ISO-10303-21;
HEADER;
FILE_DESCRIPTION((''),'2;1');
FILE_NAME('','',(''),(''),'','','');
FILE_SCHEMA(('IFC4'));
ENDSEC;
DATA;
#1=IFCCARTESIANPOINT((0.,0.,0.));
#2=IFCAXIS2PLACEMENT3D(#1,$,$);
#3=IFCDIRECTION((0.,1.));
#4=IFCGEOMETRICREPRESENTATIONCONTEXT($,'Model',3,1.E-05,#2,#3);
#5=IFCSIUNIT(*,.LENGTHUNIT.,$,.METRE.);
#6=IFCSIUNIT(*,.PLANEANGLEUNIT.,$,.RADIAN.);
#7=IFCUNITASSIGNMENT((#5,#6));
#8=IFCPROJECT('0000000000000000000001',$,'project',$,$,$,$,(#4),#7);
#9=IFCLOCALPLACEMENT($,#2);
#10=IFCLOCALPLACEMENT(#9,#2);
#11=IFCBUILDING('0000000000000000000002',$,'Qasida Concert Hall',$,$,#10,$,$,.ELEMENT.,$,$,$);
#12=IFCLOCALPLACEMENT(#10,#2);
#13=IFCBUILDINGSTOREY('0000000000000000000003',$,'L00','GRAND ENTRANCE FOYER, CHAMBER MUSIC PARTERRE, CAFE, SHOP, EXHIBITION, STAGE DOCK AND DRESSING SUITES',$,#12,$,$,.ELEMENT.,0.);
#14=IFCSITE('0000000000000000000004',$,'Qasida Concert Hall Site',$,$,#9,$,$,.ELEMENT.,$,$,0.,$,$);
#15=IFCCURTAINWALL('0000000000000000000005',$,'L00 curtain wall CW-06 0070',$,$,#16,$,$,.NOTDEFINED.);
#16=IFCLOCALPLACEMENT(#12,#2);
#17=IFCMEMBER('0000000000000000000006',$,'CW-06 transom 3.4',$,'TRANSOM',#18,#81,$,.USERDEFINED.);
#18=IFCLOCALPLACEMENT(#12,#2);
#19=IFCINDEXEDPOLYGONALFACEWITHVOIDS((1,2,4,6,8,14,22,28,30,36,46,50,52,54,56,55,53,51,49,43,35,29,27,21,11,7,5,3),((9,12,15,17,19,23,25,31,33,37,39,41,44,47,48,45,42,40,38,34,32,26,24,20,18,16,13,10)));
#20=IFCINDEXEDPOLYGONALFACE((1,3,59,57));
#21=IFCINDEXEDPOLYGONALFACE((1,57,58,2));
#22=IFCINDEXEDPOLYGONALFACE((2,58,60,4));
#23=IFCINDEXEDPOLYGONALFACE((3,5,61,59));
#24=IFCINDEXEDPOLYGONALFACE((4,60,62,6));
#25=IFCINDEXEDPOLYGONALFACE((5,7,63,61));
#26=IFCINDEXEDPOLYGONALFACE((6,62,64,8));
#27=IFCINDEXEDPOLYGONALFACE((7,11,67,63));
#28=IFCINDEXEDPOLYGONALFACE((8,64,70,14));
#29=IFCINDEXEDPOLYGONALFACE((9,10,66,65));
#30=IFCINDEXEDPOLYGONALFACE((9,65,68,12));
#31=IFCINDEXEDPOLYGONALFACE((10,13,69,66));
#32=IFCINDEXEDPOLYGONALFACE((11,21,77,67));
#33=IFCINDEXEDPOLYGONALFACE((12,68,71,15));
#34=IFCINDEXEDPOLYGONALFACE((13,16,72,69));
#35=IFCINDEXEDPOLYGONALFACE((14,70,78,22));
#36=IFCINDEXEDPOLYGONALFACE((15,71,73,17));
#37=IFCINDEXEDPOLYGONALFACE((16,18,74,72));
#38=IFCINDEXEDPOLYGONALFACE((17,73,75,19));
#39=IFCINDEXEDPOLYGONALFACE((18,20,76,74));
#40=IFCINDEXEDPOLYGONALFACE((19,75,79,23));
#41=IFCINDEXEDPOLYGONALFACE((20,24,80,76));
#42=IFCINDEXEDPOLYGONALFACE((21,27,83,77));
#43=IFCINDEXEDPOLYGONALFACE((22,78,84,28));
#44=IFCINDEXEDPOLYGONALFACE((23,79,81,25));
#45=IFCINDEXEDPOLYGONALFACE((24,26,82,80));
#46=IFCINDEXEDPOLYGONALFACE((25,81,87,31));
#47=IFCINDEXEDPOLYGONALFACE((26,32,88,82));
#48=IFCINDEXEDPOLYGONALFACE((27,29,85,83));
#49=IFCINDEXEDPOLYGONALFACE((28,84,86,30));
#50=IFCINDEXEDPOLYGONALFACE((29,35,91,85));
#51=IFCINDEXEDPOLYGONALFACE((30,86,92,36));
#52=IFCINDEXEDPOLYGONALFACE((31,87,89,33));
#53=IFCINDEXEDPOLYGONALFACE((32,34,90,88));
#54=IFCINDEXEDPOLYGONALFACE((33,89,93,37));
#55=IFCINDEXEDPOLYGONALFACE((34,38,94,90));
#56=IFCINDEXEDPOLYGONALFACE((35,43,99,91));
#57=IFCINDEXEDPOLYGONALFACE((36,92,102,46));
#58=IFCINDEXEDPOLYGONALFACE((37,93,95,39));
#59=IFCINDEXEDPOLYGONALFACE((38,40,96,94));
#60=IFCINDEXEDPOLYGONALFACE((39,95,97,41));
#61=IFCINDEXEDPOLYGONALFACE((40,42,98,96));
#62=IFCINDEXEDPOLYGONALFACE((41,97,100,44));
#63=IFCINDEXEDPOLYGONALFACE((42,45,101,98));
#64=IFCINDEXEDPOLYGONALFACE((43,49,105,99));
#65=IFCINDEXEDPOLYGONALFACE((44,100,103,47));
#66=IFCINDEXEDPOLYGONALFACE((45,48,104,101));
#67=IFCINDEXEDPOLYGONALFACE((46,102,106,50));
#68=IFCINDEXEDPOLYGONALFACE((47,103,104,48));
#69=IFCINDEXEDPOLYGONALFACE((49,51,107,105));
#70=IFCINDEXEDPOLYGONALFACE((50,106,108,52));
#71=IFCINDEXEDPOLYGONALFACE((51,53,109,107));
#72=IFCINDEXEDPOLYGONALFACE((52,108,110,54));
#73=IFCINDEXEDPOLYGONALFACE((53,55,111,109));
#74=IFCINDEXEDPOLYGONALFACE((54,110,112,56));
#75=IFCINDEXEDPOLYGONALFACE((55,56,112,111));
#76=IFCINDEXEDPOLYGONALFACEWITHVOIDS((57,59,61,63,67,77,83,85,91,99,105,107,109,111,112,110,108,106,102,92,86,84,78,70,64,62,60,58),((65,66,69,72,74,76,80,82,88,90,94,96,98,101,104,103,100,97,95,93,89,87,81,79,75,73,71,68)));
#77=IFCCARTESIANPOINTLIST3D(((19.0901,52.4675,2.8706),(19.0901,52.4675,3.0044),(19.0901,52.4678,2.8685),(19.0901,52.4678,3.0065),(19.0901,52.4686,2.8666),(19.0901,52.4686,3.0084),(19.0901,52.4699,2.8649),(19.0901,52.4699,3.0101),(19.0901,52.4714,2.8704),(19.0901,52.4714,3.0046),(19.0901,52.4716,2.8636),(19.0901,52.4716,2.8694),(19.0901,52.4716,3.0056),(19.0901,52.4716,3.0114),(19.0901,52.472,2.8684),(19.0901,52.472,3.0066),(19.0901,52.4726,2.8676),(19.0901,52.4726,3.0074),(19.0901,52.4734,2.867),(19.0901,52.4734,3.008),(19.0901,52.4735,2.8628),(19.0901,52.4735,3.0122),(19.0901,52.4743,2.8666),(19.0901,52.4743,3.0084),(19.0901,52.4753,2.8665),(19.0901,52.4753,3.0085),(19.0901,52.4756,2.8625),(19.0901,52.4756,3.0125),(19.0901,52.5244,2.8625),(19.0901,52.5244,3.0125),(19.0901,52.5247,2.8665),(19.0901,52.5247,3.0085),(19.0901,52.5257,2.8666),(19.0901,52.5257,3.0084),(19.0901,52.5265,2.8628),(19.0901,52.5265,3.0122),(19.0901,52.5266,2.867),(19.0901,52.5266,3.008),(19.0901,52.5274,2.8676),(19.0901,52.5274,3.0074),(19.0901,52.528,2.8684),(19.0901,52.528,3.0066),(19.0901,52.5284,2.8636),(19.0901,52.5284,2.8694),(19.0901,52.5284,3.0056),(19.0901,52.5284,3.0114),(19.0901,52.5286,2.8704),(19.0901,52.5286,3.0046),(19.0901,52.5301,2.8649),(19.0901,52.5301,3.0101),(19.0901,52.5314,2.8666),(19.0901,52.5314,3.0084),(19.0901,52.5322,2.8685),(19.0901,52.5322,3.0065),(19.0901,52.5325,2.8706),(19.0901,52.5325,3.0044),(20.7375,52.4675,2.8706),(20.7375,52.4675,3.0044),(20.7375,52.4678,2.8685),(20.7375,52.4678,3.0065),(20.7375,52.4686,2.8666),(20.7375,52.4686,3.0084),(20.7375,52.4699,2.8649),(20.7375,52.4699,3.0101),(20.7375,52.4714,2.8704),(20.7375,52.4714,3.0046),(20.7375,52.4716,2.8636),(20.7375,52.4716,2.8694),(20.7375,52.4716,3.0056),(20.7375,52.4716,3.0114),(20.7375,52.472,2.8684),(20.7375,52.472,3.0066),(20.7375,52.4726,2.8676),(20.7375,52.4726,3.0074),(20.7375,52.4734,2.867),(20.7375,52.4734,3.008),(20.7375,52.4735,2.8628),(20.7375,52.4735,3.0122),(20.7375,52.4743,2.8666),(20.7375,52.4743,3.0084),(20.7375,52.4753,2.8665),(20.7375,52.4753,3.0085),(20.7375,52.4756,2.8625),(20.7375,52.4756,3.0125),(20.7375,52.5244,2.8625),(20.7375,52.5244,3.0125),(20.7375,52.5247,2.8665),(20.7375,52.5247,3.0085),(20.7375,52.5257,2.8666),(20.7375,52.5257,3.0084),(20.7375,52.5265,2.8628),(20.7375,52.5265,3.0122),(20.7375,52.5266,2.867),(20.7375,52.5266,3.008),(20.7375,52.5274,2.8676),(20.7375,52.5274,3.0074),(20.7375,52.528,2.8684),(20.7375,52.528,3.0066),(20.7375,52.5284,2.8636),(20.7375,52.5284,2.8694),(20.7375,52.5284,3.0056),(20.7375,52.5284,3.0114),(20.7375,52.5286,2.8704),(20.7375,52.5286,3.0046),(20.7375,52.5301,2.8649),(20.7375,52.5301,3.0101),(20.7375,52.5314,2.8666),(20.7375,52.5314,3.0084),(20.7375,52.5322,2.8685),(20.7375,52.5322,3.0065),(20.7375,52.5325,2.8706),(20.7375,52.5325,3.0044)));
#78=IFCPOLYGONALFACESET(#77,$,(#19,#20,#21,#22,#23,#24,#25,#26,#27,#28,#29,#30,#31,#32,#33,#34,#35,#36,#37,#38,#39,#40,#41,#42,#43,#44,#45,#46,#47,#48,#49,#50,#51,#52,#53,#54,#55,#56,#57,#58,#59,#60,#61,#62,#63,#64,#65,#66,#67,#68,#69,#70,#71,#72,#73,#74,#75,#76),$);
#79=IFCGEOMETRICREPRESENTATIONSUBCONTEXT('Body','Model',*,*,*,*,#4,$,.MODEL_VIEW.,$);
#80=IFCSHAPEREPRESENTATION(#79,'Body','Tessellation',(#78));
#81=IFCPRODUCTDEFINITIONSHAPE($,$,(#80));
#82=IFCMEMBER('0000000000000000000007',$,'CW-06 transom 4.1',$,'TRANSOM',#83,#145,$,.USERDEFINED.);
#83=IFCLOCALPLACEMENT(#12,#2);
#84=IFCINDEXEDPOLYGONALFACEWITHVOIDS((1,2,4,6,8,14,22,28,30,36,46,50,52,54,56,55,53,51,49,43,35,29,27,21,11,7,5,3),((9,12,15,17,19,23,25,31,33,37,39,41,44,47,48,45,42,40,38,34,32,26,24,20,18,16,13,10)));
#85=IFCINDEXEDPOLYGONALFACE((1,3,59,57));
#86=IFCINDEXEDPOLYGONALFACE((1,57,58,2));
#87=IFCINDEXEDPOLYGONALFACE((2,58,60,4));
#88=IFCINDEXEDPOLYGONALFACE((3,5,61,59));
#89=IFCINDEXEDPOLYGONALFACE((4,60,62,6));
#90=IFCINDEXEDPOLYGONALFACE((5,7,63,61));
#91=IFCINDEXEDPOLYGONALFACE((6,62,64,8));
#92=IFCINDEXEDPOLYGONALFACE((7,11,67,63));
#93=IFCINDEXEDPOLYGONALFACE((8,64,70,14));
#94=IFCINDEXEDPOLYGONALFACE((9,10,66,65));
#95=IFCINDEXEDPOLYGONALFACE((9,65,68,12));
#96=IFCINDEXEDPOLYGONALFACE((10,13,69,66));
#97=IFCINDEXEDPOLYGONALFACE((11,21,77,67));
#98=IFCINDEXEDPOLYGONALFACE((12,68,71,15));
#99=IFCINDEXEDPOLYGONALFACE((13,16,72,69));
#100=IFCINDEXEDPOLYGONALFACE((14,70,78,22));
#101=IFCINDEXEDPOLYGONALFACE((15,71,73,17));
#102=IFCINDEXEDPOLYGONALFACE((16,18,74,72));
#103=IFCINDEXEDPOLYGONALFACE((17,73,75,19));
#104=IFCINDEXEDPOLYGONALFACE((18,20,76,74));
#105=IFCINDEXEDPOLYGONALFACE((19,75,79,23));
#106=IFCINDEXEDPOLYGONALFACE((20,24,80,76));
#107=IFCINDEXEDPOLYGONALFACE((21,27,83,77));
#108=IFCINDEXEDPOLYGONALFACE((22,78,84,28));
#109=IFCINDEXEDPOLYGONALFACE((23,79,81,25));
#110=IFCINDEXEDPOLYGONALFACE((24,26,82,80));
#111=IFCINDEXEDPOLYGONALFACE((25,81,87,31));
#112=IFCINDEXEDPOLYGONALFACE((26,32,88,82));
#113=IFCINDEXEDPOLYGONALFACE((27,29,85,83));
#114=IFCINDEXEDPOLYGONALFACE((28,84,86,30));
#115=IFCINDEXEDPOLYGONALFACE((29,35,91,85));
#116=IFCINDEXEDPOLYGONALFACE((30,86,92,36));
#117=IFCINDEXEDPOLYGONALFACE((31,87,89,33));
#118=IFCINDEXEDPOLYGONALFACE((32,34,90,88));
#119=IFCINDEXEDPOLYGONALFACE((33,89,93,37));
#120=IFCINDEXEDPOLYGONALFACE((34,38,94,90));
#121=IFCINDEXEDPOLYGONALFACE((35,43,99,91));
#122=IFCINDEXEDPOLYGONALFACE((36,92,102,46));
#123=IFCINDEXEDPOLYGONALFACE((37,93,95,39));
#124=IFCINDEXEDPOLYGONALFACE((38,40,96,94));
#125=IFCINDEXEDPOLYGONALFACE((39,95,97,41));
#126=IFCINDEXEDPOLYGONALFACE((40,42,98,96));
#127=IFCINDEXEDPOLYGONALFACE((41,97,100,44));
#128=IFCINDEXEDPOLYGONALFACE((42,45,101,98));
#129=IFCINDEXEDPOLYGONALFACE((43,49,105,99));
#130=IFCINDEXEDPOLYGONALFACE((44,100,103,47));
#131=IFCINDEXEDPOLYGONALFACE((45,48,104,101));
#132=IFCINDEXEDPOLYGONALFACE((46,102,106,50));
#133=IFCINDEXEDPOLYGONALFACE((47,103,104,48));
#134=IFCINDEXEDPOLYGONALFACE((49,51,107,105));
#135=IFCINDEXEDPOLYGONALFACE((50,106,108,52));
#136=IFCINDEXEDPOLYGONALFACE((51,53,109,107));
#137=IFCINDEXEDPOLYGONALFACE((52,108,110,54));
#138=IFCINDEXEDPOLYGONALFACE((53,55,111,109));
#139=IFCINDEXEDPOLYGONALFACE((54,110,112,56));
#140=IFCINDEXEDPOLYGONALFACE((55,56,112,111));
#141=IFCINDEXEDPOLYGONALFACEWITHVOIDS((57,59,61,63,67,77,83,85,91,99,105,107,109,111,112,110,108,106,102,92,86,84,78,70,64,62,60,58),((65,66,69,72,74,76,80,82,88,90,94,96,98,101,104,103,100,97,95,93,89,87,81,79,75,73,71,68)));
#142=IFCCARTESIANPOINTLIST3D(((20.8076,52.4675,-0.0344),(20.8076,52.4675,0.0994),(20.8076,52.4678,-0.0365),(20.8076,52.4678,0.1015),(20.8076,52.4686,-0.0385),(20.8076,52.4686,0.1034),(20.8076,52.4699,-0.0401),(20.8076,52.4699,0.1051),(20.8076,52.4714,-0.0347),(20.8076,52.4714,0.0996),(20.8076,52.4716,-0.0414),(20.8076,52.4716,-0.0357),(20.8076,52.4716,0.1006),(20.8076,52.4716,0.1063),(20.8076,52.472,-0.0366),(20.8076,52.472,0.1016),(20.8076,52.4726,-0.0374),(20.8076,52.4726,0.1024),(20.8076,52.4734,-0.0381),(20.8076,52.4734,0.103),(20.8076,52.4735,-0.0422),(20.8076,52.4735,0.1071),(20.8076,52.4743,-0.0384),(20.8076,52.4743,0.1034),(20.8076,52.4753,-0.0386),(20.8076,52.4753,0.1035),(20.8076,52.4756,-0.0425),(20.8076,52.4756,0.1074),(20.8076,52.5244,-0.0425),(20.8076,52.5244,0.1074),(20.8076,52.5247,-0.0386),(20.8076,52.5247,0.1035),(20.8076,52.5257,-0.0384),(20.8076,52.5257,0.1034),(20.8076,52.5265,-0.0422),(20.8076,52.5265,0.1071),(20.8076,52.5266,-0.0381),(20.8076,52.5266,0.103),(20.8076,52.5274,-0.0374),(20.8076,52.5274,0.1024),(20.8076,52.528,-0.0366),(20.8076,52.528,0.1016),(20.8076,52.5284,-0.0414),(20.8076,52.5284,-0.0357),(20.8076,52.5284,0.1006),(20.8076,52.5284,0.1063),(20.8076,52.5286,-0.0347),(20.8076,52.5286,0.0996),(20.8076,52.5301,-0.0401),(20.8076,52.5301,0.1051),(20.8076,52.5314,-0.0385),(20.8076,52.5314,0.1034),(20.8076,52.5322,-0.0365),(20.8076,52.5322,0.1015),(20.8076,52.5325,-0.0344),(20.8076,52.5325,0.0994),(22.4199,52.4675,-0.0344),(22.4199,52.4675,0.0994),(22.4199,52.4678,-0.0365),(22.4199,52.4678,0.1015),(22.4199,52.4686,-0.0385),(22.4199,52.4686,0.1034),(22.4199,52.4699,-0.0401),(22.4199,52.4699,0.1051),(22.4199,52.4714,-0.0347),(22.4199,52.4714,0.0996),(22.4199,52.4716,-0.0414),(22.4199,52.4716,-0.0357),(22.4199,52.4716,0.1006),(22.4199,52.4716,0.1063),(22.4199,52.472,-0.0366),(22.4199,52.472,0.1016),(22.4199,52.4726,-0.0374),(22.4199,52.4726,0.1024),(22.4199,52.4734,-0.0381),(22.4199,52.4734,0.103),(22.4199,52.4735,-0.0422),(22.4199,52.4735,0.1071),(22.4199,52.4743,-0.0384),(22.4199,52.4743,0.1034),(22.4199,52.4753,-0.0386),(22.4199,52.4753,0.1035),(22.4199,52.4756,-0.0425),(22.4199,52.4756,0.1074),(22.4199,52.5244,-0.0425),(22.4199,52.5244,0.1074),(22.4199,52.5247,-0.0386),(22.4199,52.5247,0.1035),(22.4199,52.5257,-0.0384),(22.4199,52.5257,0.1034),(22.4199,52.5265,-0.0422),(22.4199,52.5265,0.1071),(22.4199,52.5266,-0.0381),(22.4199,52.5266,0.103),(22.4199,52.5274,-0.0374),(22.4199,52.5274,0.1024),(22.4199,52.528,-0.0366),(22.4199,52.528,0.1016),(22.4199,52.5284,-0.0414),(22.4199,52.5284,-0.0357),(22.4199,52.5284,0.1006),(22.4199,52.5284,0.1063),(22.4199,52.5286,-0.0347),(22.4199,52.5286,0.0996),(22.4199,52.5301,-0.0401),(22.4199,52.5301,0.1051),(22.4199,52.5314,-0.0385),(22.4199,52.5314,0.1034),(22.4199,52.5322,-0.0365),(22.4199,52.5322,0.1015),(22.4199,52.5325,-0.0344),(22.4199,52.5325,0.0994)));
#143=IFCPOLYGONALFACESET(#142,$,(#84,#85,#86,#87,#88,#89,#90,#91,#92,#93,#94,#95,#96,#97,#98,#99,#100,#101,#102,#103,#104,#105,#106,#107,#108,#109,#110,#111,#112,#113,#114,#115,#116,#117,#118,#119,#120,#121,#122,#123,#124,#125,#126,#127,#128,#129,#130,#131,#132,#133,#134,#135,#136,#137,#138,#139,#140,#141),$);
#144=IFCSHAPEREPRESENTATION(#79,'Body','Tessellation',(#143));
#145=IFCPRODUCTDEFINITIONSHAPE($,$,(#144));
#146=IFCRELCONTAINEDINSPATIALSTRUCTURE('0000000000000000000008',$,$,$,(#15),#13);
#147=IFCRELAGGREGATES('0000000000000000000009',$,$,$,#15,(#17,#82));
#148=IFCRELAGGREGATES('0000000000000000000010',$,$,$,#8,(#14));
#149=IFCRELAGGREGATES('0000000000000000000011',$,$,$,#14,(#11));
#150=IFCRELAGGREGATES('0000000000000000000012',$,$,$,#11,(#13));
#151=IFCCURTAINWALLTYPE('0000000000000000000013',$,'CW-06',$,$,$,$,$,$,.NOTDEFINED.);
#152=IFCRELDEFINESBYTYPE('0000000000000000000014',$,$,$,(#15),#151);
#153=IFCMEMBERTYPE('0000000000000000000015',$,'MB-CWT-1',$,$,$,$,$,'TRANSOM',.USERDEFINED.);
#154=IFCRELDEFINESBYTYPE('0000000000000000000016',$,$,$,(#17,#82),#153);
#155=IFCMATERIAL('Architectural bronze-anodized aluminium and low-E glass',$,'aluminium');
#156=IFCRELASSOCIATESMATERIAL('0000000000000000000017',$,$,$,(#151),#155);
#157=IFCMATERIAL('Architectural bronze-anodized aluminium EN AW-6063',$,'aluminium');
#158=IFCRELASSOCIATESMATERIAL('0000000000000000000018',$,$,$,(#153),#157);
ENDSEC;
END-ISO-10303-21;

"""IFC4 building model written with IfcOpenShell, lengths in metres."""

from ifc_helpers import new_model, si_unit, direction, frame, origin, origin_2d, place, context, subcontext, project, spatial, hollow_rectangle, extrude, material, material_profile, profile_set, type_object, element, aggregate, save


model = new_model("IFC4")

# Units and contexts
model_context = context("Model", 3, precision=1e-05, world=origin(), true_north=direction((0.0, 1.0)))
body_context = subcontext(model_context, "Body", "Model", "MODEL_VIEW")
ifc_project = project(units=[si_unit("LENGTHUNIT", "METRE"), si_unit("PLANEANGLEUNIT", "RADIAN")], contexts=[model_context])

# Site, building, storey
site_placement = place(None, origin())
site = spatial("IfcSite", under=ifc_project, at=site_placement, Name="Qasida Concert Hall Site", CompositionType="ELEMENT", RefElevation=0.0)
building_placement = place(site_placement, origin())
building = spatial("IfcBuilding", under=site, at=building_placement, Name="Qasida Concert Hall", CompositionType="ELEMENT")
storey_placement = place(building_placement, origin())
storey = spatial("IfcBuildingStorey", under=building, at=storey_placement, Name="L00", Description="GRAND ENTRANCE FOYER, CHAMBER MUSIC PARTERRE, CAFE, SHOP, EXHIBITION, STAGE DOCK AND DRESSING SUITES", CompositionType="ELEMENT", Elevation=0.0)

# Curtain wall, members
ifc_material_1 = material(Name="Architectural bronze-anodized aluminium and low-E glass", Category="aluminium")
curtain_wall_type = type_object("IfcCurtainWallType", Name="CW-06", PredefinedType="NOTDEFINED", material=ifc_material_1)
curtain_wall_placement = place(storey_placement, origin())
curtain_wall = element("IfcCurtainWall", 1, at=curtain_wall_placement, inside=storey, type_object=curtain_wall_type, Name="L00 curtain wall CW-06 0070", PredefinedType="NOTDEFINED")
ifc_material_2 = material(Name="Architectural bronze-anodized aluminium EN AW-6063", Category="aluminium")
ifc_material_profile_1 = material_profile(ifc_material_2, hollow_rectangle(XDim=0.0649, YDim=0.1499, WallThickness=0.0039, InnerFilletRadius=0.0039, OuterFilletRadius=0.0081, at=origin_2d()), Name="CWT 150x65x4")
ifc_profile_set_1 = profile_set([ifc_material_profile_1], Name="Architectural bronze-anodized aluminium EN AW-6063")
member_type_1 = type_object("IfcMemberType", Name="MB-CWT-1", ElementType="TRANSOM", PredefinedType="USERDEFINED", material=ifc_profile_set_1)
member_1_placement = place(storey_placement, frame((19.0901, 52.5, 2.9375), z_axis=(1.0, 0.0, 0.0), x_axis=(0.0, 1.0, 0.0)))
member_1 = element("IfcMember", 2, at=member_1_placement, type_object=member_type_1, Name="CW-06 transom 3.4", ObjectType="TRANSOM", PredefinedType="USERDEFINED", context=body_context, shape_type="SweptSolid", body=[
    extrude(hollow_rectangle(XDim=0.0649, YDim=0.1499, WallThickness=0.0039, InnerFilletRadius=0.0039, OuterFilletRadius=0.0081, at=origin_2d()), origin(), (0.0, 0.0, 1.0), 1.6475),
])
member_2_placement = place(storey_placement, frame((20.8076, 52.5, 0.0325), z_axis=(1.0, 0.0, 0.0), x_axis=(0.0, 1.0, 0.0)))
member_2 = element("IfcMember", 3, at=member_2_placement, type_object=member_type_1, Name="CW-06 transom 4.1", ObjectType="TRANSOM", PredefinedType="USERDEFINED", context=body_context, shape_type="SweptSolid", body=[
    extrude(hollow_rectangle(XDim=0.0649, YDim=0.1499, WallThickness=0.0039, InnerFilletRadius=0.0039, OuterFilletRadius=0.0081, at=origin_2d()), origin(), (0.0, 0.0, 1.0), 1.6123),
])
aggregate(curtain_wall, [member_1, member_2])

save(model, "model.ifc")
